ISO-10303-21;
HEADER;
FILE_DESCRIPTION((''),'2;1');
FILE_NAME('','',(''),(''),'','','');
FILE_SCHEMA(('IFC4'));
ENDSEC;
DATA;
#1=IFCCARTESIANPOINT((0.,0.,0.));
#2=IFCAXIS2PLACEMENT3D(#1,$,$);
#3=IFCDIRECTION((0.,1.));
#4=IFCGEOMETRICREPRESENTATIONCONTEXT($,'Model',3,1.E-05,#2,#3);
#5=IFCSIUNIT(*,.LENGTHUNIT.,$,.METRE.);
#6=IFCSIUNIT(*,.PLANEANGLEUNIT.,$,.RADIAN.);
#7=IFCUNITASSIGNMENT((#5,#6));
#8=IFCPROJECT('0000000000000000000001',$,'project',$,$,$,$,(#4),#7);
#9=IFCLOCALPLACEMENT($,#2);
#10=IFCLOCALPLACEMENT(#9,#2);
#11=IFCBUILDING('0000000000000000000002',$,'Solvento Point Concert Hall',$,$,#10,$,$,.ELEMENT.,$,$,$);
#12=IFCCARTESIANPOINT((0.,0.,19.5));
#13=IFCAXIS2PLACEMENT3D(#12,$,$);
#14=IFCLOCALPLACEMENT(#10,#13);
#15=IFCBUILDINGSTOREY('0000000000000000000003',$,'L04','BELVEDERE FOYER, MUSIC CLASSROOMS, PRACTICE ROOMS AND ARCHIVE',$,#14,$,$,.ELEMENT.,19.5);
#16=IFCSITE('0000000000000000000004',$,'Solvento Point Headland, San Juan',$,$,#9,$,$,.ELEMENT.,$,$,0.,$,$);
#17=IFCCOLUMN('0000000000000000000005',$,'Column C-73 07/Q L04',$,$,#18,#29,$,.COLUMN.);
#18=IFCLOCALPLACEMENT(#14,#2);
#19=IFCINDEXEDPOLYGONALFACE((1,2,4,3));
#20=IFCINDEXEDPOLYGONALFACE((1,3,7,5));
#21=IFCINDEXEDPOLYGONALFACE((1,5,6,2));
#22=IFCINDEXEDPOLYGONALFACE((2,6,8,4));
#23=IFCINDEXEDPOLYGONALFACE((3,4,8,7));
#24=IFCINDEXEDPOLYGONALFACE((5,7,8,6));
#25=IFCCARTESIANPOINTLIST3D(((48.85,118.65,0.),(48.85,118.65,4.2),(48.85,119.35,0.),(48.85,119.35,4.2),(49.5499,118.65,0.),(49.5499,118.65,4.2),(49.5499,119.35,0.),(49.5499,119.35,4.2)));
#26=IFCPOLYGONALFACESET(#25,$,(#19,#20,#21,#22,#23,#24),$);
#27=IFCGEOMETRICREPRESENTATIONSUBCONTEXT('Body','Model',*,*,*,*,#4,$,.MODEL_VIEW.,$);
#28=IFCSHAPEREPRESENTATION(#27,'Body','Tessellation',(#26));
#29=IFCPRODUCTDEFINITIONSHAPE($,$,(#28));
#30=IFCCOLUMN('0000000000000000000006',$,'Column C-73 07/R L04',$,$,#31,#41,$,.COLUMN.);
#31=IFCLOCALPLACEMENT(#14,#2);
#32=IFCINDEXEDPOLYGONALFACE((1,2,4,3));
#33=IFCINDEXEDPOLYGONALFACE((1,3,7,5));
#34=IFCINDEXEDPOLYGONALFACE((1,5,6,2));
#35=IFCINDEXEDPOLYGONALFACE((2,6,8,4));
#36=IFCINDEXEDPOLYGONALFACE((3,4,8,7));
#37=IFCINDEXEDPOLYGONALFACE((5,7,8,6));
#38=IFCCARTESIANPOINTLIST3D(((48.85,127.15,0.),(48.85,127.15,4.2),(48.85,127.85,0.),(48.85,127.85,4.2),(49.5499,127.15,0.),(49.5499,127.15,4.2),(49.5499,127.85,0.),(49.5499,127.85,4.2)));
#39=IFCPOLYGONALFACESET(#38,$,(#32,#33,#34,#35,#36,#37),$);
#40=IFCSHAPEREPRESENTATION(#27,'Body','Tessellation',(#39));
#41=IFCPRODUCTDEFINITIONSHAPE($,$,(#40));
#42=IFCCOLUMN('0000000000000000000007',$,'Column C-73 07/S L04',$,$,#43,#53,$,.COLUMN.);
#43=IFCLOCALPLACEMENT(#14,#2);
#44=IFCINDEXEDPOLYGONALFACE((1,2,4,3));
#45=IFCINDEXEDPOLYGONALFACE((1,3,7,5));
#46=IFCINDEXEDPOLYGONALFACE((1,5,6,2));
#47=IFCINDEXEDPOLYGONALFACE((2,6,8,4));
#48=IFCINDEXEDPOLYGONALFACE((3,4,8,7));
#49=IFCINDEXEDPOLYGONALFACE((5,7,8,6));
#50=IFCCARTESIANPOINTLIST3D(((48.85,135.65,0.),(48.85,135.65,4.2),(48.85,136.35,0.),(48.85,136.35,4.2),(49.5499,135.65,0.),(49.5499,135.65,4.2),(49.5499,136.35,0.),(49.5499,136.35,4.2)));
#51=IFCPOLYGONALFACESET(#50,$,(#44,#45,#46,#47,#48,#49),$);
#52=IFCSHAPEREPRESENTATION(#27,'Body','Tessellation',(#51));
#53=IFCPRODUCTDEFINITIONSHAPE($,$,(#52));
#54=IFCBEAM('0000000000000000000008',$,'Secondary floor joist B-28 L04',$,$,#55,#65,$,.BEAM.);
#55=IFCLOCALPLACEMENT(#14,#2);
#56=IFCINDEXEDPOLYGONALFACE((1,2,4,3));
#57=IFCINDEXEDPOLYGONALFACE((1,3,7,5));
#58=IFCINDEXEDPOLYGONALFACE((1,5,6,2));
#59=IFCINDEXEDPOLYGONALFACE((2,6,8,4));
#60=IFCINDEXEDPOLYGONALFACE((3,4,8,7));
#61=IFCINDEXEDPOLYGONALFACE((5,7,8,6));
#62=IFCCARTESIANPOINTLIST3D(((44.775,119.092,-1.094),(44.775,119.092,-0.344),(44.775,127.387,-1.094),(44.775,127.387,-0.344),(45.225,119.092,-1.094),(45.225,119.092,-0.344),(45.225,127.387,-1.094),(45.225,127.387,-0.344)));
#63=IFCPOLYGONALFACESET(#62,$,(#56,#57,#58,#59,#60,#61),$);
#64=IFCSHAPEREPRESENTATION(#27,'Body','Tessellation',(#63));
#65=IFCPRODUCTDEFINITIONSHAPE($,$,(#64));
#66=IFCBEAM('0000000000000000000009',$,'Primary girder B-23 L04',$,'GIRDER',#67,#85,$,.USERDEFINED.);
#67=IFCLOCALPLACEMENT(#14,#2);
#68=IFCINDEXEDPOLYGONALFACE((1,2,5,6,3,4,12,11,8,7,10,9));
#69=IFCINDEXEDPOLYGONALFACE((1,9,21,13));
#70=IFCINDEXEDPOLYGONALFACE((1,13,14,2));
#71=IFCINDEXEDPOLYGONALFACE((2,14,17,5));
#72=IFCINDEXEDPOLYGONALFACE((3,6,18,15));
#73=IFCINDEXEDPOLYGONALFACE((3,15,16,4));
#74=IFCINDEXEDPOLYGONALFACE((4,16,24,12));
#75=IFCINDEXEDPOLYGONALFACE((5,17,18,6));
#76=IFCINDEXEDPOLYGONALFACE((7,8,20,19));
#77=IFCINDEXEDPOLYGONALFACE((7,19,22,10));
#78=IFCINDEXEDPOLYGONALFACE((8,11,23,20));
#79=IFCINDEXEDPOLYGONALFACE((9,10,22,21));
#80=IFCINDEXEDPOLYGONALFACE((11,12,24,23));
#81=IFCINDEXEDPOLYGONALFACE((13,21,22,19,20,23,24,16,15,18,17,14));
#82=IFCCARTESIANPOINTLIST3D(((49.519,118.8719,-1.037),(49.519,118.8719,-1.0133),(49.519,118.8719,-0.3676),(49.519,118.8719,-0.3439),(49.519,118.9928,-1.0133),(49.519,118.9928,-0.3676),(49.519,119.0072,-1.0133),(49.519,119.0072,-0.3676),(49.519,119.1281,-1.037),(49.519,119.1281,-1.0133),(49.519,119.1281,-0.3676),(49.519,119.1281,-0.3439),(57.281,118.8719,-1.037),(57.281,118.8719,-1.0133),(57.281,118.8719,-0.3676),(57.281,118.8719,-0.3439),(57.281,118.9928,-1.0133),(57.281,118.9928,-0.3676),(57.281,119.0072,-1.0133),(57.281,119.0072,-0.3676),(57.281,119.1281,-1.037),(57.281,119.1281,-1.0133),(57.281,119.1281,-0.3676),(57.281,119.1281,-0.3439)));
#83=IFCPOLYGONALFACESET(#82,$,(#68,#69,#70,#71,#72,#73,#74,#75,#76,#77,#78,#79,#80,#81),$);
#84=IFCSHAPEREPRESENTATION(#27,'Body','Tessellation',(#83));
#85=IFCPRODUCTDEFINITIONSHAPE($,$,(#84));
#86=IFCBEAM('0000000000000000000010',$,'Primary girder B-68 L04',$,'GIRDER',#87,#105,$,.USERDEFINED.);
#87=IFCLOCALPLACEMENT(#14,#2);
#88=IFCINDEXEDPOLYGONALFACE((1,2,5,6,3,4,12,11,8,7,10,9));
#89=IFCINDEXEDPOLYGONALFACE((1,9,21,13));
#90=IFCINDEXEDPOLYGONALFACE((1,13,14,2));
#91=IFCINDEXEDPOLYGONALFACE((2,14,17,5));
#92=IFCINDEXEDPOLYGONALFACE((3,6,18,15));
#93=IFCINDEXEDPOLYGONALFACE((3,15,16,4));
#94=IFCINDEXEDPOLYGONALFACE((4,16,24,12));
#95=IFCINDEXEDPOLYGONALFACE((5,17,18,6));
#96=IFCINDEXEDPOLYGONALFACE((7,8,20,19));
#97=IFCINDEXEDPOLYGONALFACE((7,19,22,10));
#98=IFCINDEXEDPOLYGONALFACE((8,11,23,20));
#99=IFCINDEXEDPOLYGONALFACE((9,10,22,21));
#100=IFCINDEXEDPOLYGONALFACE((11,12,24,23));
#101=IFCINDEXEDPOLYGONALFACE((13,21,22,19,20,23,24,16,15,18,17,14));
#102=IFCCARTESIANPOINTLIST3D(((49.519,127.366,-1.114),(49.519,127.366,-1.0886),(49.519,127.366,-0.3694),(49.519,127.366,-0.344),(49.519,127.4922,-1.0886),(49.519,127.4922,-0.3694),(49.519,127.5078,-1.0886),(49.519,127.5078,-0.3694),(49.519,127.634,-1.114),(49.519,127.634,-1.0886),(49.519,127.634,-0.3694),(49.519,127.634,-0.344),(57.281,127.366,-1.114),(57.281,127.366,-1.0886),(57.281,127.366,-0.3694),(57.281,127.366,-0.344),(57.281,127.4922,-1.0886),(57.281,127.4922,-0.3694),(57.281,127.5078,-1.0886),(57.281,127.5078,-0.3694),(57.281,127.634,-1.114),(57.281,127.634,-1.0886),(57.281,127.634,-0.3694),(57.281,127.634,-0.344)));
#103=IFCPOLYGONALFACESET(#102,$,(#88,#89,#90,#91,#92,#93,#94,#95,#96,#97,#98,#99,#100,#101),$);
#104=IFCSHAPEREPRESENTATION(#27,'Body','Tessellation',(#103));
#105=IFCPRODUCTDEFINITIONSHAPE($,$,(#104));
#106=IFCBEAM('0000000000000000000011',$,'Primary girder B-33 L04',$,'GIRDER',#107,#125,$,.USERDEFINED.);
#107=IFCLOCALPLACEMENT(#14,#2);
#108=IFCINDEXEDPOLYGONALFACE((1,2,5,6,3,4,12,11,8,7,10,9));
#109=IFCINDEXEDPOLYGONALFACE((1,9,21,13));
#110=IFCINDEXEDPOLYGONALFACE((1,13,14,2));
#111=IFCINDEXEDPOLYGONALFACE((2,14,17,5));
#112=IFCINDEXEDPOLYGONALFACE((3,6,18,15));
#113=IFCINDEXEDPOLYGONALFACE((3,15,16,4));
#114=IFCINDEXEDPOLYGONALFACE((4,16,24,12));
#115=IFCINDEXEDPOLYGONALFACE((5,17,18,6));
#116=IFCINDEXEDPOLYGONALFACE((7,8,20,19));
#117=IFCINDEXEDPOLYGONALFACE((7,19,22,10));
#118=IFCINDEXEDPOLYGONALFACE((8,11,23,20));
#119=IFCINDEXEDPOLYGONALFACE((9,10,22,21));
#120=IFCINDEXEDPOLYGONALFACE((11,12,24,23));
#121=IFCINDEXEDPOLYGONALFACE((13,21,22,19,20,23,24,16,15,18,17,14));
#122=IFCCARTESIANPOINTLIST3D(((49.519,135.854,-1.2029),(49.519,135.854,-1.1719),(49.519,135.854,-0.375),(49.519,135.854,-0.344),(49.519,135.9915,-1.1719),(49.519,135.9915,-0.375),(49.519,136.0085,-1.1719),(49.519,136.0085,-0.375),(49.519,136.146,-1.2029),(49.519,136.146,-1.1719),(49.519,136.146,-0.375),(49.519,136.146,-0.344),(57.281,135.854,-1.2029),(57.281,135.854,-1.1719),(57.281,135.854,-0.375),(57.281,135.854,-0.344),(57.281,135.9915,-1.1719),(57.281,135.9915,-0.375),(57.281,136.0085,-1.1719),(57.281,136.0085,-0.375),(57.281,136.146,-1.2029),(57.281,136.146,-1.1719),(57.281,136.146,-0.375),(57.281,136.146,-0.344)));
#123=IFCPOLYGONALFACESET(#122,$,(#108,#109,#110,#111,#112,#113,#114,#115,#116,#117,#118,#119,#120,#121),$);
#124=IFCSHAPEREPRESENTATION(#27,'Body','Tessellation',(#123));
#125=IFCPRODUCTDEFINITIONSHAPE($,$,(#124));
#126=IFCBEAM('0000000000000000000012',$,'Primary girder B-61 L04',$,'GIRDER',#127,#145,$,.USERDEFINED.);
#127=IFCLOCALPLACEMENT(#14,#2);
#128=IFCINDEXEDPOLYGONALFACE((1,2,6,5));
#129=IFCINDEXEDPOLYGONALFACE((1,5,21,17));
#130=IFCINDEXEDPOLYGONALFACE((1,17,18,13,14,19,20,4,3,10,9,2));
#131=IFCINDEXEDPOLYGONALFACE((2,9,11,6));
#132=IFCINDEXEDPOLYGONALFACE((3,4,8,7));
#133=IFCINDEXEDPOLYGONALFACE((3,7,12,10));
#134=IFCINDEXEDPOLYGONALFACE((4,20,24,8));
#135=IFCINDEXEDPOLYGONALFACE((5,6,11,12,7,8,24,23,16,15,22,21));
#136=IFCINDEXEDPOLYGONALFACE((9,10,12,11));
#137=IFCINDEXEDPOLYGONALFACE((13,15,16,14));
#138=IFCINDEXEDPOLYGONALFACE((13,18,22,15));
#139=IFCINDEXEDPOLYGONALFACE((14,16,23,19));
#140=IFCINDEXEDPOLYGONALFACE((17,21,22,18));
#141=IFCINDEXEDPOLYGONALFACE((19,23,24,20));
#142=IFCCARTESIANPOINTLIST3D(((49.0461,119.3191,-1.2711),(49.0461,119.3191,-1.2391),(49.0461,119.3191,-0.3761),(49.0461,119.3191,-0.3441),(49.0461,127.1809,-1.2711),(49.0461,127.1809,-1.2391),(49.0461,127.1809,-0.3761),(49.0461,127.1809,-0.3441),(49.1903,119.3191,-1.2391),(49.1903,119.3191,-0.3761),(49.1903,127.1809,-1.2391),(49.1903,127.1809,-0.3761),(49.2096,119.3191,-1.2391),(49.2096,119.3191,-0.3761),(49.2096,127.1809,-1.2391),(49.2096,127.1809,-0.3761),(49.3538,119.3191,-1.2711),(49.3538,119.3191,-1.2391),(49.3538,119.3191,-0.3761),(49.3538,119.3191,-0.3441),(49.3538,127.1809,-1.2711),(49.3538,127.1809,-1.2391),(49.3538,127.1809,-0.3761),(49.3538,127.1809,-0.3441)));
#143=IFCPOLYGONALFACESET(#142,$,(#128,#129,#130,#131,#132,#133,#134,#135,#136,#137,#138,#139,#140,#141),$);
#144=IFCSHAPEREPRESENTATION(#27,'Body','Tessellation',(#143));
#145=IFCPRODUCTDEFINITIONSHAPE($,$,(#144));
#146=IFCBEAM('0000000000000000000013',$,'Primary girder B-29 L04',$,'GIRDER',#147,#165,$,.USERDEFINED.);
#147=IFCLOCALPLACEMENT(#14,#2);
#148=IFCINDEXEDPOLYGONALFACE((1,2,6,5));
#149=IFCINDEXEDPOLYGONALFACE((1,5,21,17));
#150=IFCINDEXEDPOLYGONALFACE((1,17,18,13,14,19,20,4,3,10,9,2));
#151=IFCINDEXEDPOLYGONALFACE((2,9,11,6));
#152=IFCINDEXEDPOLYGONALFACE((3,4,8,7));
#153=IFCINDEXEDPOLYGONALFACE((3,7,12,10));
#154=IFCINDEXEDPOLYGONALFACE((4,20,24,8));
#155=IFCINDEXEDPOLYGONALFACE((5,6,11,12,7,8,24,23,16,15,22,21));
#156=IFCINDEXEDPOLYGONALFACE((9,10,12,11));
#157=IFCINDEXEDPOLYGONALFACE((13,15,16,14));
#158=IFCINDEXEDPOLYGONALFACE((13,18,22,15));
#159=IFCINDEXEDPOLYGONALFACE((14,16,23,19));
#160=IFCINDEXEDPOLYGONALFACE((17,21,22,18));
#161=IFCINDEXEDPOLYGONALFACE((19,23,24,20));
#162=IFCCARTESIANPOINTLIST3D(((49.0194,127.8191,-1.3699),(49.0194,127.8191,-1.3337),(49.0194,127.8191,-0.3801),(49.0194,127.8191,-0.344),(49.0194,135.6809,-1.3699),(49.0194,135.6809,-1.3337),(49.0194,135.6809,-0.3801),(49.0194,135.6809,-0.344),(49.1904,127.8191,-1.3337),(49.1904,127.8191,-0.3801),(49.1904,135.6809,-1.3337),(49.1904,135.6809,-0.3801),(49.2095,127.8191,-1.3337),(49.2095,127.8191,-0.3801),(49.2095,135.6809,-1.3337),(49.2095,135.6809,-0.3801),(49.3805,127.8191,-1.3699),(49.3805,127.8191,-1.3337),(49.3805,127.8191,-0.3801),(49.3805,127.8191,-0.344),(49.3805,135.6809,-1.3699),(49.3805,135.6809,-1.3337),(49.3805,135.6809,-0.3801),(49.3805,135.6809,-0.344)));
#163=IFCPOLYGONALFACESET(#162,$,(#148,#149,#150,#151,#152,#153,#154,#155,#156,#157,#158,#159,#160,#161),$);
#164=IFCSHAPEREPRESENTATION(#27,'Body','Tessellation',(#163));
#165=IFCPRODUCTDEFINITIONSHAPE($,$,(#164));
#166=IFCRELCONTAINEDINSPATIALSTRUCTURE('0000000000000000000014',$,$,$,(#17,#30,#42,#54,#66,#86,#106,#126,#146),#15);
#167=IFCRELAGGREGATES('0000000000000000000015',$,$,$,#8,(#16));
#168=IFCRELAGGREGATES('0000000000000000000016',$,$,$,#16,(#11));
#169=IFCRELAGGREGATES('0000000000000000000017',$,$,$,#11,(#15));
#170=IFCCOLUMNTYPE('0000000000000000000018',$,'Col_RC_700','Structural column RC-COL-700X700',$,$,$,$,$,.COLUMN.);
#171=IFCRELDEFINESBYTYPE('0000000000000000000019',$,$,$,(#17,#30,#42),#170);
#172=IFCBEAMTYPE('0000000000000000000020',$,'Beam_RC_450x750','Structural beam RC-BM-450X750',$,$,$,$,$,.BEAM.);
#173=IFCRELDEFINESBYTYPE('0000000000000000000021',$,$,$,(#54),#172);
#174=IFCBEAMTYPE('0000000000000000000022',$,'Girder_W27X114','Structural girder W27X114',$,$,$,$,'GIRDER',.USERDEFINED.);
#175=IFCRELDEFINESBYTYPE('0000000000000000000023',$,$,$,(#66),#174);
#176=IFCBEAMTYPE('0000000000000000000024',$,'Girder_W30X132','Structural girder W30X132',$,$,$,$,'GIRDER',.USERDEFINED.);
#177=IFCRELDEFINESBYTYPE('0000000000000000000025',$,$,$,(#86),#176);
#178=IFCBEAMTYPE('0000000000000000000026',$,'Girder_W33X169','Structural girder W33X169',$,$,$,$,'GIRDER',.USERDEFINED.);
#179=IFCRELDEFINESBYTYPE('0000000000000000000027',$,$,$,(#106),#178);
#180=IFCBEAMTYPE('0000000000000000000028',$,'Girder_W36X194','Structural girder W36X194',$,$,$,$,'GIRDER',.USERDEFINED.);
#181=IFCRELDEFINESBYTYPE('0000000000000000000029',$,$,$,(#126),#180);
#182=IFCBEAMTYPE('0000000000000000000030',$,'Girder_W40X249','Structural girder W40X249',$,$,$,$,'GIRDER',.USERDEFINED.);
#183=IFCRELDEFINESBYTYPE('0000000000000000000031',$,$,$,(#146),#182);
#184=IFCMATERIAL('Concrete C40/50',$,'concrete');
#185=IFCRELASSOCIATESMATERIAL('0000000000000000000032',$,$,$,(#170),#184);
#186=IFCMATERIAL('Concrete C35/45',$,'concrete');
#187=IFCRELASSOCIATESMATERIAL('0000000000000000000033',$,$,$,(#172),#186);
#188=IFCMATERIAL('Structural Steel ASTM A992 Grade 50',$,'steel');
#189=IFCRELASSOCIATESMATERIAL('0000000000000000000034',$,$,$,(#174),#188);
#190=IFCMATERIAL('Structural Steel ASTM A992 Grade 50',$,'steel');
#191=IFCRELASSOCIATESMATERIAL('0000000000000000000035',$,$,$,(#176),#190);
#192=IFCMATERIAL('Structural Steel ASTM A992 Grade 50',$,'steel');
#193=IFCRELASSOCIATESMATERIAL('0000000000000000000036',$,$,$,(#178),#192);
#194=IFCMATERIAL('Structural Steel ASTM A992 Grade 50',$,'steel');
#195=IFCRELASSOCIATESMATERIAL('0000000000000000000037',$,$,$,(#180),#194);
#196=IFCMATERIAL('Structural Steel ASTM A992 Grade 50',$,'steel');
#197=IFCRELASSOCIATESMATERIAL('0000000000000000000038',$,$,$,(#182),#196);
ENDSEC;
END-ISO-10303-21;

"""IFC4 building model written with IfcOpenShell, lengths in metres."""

from ifc_helpers import new_model, si_unit, direction, frame, origin, origin_2d, place, context, subcontext, project, spatial, rectangle, i_section, extrude, material, material_profile, profile_set, type_object, element, save


model = new_model("IFC4")

# Units and contexts
model_context = context("Model", 3, precision=1e-05, world=origin(), true_north=direction((0.0, 1.0)))
body_context = subcontext(model_context, "Body", "Model", "MODEL_VIEW")
ifc_project = project(units=[si_unit("LENGTHUNIT", "METRE"), si_unit("PLANEANGLEUNIT", "RADIAN")], contexts=[model_context])

# Site, building, storey
site_placement = place(None, origin())
site = spatial("IfcSite", under=ifc_project, at=site_placement, Name="Solvento Point Headland, San Juan", CompositionType="ELEMENT", RefElevation=0.0)
building_placement = place(site_placement, origin())
building = spatial("IfcBuilding", under=site, at=building_placement, Name="Solvento Point Concert Hall", CompositionType="ELEMENT")
storey_placement = place(building_placement, frame((0.0, 0.0, 19.5)))
storey = spatial("IfcBuildingStorey", under=building, at=storey_placement, Name="L04", Description="BELVEDERE FOYER, MUSIC CLASSROOMS, PRACTICE ROOMS AND ARCHIVE", CompositionType="ELEMENT", Elevation=19.5)

# Columns
ifc_material_1 = material(Name="Concrete C40/50", Category="concrete")
ifc_material_profile_1 = material_profile(ifc_material_1, rectangle(XDim=0.7, YDim=0.7, at=origin_2d()), Name="RC-COL-700X700")
ifc_profile_set_1 = profile_set([ifc_material_profile_1], Name="Concrete C40/50")
column_type = type_object("IfcColumnType", Name="Col_RC_700", Description="Structural column RC-COL-700X700", PredefinedType="COLUMN", material=ifc_profile_set_1)
for number, where, z_axis, x_axis, name in (
    (1, (49.2, 119.0, 0.0), (0.0, 0.0, 1.0), (1.0, 0.0, 0.0), "Column C-73 07/Q L04"),
    (2, (49.2, 127.5, 0.0), (0.0, 0.0, 1.0), (1.0, 0.0, 0.0), "Column C-73 07/R L04"),
    (3, (49.2, 136.0, 0.0), (0.0, 0.0, 1.0), (1.0, 0.0, 0.0), "Column C-73 07/S L04"),
):
    element("IfcColumn", number, at=place(storey_placement, frame(where, z_axis=z_axis, x_axis=x_axis)), inside=storey, type_object=column_type, Name=name, PredefinedType="COLUMN", context=body_context, shape_type="SweptSolid", body=[
        extrude(rectangle(XDim=0.7, YDim=0.7, at=origin_2d()), origin(), (0.0, 0.0, 1.0), 4.2),
    ])

# Beams
ifc_material_2 = material(Name="Concrete C35/45", Category="concrete")
ifc_material_profile_2 = material_profile(ifc_material_2, rectangle(XDim=0.45, YDim=0.75, at=origin_2d()), Name="RC-BM-450X750")
ifc_profile_set_2 = profile_set([ifc_material_profile_2], Name="Concrete C35/45")
beam_type_1 = type_object("IfcBeamType", Name="Beam_RC_450x750", Description="Structural beam RC-BM-450X750", PredefinedType="BEAM", material=ifc_profile_set_2)
beam_1_placement = place(storey_placement, frame((45.0, 119.092, -0.719), z_axis=(0.0, 1.0, 0.0), x_axis=(-1.0, 0.0, 0.0)))
element("IfcBeam", 4, at=beam_1_placement, inside=storey, type_object=beam_type_1, Name="Secondary floor joist B-28 L04", PredefinedType="BEAM", context=body_context, shape_type="SweptSolid", body=[
    extrude(rectangle(XDim=0.45, YDim=0.75, at=origin_2d()), origin(), (0.0, 0.0, 1.0), 8.2949),
])
ifc_material_3 = material(Name="Structural Steel ASTM A992 Grade 50", Category="steel")
ifc_material_profile_3 = material_profile(ifc_material_3, i_section(OverallWidth=0.2561, OverallDepth=0.6931, WebThickness=0.0144, FlangeThickness=0.0237, at=origin_2d()), Name="W27X114")
ifc_profile_set_3 = profile_set([ifc_material_profile_3], Name="Structural Steel ASTM A992 Grade 50")
beam_type_2 = type_object("IfcBeamType", Name="Girder_W27X114", Description="Structural girder W27X114", ElementType="GIRDER", PredefinedType="USERDEFINED", material=ifc_profile_set_3)
beam_2_placement = place(storey_placement, frame((49.519, 119.0, -0.6904), z_axis=(1.0, 0.0, 0.0), x_axis=(0.0, 1.0, 0.0)))
element("IfcBeam", 5, at=beam_2_placement, inside=storey, type_object=beam_type_2, Name="Primary girder B-23 L04", ObjectType="GIRDER", PredefinedType="USERDEFINED", context=body_context, shape_type="SweptSolid", body=[
    extrude(i_section(OverallWidth=0.2561, OverallDepth=0.6931, WebThickness=0.0144, FlangeThickness=0.0237, at=origin_2d()), origin(), (0.0, 0.0, 1.0), 7.762),
])
ifc_material_4 = material(Name="Structural Steel ASTM A992 Grade 50", Category="steel")
ifc_material_profile_4 = material_profile(ifc_material_4, i_section(OverallWidth=0.2681, OverallDepth=0.77, WebThickness=0.0156, FlangeThickness=0.0254, at=origin_2d()), Name="W30X132")
ifc_profile_set_4 = profile_set([ifc_material_profile_4], Name="Structural Steel ASTM A992 Grade 50")
beam_type_3 = type_object("IfcBeamType", Name="Girder_W30X132", Description="Structural girder W30X132", ElementType="GIRDER", PredefinedType="USERDEFINED", material=ifc_profile_set_4)
beam_3_placement = place(storey_placement, frame((49.519, 127.5, -0.729), z_axis=(1.0, 0.0, 0.0), x_axis=(0.0, 1.0, 0.0)))
element("IfcBeam", 6, at=beam_3_placement, inside=storey, type_object=beam_type_3, Name="Primary girder B-68 L04", ObjectType="GIRDER", PredefinedType="USERDEFINED", context=body_context, shape_type="SweptSolid", body=[
    extrude(i_section(OverallWidth=0.2681, OverallDepth=0.77, WebThickness=0.0156, FlangeThickness=0.0254, at=origin_2d()), origin(), (0.0, 0.0, 1.0), 7.762),
])
ifc_material_5 = material(Name="Structural Steel ASTM A992 Grade 50", Category="steel")
ifc_material_profile_5 = material_profile(ifc_material_5, i_section(OverallWidth=0.292, OverallDepth=0.8589, WebThickness=0.0171, FlangeThickness=0.031, at=origin_2d()), Name="W33X169")
ifc_profile_set_5 = profile_set([ifc_material_profile_5], Name="Structural Steel ASTM A992 Grade 50")
beam_type_4 = type_object("IfcBeamType", Name="Girder_W33X169", Description="Structural girder W33X169", ElementType="GIRDER", PredefinedType="USERDEFINED", material=ifc_profile_set_5)
beam_4_placement = place(storey_placement, frame((49.519, 136.0, -0.7734), z_axis=(1.0, 0.0, 0.0), x_axis=(0.0, 1.0, 0.0)))
element("IfcBeam", 7, at=beam_4_placement, inside=storey, type_object=beam_type_4, Name="Primary girder B-33 L04", ObjectType="GIRDER", PredefinedType="USERDEFINED", context=body_context, shape_type="SweptSolid", body=[
    extrude(i_section(OverallWidth=0.292, OverallDepth=0.8589, WebThickness=0.0171, FlangeThickness=0.031, at=origin_2d()), origin(), (0.0, 0.0, 1.0), 7.762),
])
ifc_material_6 = material(Name="Structural Steel ASTM A992 Grade 50", Category="steel")
ifc_material_profile_6 = material_profile(ifc_material_6, i_section(OverallWidth=0.3076, OverallDepth=0.927, WebThickness=0.0193, FlangeThickness=0.032, at=origin_2d()), Name="W36X194")
ifc_profile_set_6 = profile_set([ifc_material_profile_6], Name="Structural Steel ASTM A992 Grade 50")
beam_type_5 = type_object("IfcBeamType", Name="Girder_W36X194", Description="Structural girder W36X194", ElementType="GIRDER", PredefinedType="USERDEFINED", material=ifc_profile_set_6)
beam_5_placement = place(storey_placement, frame((49.2, 119.3191, -0.8076), z_axis=(0.0, 1.0, 0.0), x_axis=(-1.0, 0.0, 0.0)))
element("IfcBeam", 8, at=beam_5_placement, inside=storey, type_object=beam_type_5, Name="Primary girder B-61 L04", ObjectType="GIRDER", PredefinedType="USERDEFINED", context=body_context, shape_type="SweptSolid", body=[
    extrude(i_section(OverallWidth=0.3076, OverallDepth=0.927, WebThickness=0.0193, FlangeThickness=0.032, at=origin_2d()), origin(), (0.0, 0.0, 1.0), 7.8618),
])
ifc_material_7 = material(Name="Structural Steel ASTM A992 Grade 50", Category="steel")
ifc_material_profile_7 = material_profile(ifc_material_7, i_section(OverallWidth=0.3611, OverallDepth=1.0259, WebThickness=0.019, FlangeThickness=0.0361, at=origin_2d()), Name="W40X249")
ifc_profile_set_7 = profile_set([ifc_material_profile_7], Name="Structural Steel ASTM A992 Grade 50")
beam_type_6 = type_object("IfcBeamType", Name="Girder_W40X249", Description="Structural girder W40X249", ElementType="GIRDER", PredefinedType="USERDEFINED", material=ifc_profile_set_7)
beam_6_placement = place(storey_placement, frame((49.2, 127.8191, -0.8569), z_axis=(0.0, 1.0, 0.0), x_axis=(-1.0, 0.0, 0.0)))
element("IfcBeam", 9, at=beam_6_placement, inside=storey, type_object=beam_type_6, Name="Primary girder B-29 L04", ObjectType="GIRDER", PredefinedType="USERDEFINED", context=body_context, shape_type="SweptSolid", body=[
    extrude(i_section(OverallWidth=0.3611, OverallDepth=1.0259, WebThickness=0.019, FlangeThickness=0.0361, at=origin_2d()), origin(), (0.0, 0.0, 1.0), 7.8618),
])

save(model, "model.ifc")
